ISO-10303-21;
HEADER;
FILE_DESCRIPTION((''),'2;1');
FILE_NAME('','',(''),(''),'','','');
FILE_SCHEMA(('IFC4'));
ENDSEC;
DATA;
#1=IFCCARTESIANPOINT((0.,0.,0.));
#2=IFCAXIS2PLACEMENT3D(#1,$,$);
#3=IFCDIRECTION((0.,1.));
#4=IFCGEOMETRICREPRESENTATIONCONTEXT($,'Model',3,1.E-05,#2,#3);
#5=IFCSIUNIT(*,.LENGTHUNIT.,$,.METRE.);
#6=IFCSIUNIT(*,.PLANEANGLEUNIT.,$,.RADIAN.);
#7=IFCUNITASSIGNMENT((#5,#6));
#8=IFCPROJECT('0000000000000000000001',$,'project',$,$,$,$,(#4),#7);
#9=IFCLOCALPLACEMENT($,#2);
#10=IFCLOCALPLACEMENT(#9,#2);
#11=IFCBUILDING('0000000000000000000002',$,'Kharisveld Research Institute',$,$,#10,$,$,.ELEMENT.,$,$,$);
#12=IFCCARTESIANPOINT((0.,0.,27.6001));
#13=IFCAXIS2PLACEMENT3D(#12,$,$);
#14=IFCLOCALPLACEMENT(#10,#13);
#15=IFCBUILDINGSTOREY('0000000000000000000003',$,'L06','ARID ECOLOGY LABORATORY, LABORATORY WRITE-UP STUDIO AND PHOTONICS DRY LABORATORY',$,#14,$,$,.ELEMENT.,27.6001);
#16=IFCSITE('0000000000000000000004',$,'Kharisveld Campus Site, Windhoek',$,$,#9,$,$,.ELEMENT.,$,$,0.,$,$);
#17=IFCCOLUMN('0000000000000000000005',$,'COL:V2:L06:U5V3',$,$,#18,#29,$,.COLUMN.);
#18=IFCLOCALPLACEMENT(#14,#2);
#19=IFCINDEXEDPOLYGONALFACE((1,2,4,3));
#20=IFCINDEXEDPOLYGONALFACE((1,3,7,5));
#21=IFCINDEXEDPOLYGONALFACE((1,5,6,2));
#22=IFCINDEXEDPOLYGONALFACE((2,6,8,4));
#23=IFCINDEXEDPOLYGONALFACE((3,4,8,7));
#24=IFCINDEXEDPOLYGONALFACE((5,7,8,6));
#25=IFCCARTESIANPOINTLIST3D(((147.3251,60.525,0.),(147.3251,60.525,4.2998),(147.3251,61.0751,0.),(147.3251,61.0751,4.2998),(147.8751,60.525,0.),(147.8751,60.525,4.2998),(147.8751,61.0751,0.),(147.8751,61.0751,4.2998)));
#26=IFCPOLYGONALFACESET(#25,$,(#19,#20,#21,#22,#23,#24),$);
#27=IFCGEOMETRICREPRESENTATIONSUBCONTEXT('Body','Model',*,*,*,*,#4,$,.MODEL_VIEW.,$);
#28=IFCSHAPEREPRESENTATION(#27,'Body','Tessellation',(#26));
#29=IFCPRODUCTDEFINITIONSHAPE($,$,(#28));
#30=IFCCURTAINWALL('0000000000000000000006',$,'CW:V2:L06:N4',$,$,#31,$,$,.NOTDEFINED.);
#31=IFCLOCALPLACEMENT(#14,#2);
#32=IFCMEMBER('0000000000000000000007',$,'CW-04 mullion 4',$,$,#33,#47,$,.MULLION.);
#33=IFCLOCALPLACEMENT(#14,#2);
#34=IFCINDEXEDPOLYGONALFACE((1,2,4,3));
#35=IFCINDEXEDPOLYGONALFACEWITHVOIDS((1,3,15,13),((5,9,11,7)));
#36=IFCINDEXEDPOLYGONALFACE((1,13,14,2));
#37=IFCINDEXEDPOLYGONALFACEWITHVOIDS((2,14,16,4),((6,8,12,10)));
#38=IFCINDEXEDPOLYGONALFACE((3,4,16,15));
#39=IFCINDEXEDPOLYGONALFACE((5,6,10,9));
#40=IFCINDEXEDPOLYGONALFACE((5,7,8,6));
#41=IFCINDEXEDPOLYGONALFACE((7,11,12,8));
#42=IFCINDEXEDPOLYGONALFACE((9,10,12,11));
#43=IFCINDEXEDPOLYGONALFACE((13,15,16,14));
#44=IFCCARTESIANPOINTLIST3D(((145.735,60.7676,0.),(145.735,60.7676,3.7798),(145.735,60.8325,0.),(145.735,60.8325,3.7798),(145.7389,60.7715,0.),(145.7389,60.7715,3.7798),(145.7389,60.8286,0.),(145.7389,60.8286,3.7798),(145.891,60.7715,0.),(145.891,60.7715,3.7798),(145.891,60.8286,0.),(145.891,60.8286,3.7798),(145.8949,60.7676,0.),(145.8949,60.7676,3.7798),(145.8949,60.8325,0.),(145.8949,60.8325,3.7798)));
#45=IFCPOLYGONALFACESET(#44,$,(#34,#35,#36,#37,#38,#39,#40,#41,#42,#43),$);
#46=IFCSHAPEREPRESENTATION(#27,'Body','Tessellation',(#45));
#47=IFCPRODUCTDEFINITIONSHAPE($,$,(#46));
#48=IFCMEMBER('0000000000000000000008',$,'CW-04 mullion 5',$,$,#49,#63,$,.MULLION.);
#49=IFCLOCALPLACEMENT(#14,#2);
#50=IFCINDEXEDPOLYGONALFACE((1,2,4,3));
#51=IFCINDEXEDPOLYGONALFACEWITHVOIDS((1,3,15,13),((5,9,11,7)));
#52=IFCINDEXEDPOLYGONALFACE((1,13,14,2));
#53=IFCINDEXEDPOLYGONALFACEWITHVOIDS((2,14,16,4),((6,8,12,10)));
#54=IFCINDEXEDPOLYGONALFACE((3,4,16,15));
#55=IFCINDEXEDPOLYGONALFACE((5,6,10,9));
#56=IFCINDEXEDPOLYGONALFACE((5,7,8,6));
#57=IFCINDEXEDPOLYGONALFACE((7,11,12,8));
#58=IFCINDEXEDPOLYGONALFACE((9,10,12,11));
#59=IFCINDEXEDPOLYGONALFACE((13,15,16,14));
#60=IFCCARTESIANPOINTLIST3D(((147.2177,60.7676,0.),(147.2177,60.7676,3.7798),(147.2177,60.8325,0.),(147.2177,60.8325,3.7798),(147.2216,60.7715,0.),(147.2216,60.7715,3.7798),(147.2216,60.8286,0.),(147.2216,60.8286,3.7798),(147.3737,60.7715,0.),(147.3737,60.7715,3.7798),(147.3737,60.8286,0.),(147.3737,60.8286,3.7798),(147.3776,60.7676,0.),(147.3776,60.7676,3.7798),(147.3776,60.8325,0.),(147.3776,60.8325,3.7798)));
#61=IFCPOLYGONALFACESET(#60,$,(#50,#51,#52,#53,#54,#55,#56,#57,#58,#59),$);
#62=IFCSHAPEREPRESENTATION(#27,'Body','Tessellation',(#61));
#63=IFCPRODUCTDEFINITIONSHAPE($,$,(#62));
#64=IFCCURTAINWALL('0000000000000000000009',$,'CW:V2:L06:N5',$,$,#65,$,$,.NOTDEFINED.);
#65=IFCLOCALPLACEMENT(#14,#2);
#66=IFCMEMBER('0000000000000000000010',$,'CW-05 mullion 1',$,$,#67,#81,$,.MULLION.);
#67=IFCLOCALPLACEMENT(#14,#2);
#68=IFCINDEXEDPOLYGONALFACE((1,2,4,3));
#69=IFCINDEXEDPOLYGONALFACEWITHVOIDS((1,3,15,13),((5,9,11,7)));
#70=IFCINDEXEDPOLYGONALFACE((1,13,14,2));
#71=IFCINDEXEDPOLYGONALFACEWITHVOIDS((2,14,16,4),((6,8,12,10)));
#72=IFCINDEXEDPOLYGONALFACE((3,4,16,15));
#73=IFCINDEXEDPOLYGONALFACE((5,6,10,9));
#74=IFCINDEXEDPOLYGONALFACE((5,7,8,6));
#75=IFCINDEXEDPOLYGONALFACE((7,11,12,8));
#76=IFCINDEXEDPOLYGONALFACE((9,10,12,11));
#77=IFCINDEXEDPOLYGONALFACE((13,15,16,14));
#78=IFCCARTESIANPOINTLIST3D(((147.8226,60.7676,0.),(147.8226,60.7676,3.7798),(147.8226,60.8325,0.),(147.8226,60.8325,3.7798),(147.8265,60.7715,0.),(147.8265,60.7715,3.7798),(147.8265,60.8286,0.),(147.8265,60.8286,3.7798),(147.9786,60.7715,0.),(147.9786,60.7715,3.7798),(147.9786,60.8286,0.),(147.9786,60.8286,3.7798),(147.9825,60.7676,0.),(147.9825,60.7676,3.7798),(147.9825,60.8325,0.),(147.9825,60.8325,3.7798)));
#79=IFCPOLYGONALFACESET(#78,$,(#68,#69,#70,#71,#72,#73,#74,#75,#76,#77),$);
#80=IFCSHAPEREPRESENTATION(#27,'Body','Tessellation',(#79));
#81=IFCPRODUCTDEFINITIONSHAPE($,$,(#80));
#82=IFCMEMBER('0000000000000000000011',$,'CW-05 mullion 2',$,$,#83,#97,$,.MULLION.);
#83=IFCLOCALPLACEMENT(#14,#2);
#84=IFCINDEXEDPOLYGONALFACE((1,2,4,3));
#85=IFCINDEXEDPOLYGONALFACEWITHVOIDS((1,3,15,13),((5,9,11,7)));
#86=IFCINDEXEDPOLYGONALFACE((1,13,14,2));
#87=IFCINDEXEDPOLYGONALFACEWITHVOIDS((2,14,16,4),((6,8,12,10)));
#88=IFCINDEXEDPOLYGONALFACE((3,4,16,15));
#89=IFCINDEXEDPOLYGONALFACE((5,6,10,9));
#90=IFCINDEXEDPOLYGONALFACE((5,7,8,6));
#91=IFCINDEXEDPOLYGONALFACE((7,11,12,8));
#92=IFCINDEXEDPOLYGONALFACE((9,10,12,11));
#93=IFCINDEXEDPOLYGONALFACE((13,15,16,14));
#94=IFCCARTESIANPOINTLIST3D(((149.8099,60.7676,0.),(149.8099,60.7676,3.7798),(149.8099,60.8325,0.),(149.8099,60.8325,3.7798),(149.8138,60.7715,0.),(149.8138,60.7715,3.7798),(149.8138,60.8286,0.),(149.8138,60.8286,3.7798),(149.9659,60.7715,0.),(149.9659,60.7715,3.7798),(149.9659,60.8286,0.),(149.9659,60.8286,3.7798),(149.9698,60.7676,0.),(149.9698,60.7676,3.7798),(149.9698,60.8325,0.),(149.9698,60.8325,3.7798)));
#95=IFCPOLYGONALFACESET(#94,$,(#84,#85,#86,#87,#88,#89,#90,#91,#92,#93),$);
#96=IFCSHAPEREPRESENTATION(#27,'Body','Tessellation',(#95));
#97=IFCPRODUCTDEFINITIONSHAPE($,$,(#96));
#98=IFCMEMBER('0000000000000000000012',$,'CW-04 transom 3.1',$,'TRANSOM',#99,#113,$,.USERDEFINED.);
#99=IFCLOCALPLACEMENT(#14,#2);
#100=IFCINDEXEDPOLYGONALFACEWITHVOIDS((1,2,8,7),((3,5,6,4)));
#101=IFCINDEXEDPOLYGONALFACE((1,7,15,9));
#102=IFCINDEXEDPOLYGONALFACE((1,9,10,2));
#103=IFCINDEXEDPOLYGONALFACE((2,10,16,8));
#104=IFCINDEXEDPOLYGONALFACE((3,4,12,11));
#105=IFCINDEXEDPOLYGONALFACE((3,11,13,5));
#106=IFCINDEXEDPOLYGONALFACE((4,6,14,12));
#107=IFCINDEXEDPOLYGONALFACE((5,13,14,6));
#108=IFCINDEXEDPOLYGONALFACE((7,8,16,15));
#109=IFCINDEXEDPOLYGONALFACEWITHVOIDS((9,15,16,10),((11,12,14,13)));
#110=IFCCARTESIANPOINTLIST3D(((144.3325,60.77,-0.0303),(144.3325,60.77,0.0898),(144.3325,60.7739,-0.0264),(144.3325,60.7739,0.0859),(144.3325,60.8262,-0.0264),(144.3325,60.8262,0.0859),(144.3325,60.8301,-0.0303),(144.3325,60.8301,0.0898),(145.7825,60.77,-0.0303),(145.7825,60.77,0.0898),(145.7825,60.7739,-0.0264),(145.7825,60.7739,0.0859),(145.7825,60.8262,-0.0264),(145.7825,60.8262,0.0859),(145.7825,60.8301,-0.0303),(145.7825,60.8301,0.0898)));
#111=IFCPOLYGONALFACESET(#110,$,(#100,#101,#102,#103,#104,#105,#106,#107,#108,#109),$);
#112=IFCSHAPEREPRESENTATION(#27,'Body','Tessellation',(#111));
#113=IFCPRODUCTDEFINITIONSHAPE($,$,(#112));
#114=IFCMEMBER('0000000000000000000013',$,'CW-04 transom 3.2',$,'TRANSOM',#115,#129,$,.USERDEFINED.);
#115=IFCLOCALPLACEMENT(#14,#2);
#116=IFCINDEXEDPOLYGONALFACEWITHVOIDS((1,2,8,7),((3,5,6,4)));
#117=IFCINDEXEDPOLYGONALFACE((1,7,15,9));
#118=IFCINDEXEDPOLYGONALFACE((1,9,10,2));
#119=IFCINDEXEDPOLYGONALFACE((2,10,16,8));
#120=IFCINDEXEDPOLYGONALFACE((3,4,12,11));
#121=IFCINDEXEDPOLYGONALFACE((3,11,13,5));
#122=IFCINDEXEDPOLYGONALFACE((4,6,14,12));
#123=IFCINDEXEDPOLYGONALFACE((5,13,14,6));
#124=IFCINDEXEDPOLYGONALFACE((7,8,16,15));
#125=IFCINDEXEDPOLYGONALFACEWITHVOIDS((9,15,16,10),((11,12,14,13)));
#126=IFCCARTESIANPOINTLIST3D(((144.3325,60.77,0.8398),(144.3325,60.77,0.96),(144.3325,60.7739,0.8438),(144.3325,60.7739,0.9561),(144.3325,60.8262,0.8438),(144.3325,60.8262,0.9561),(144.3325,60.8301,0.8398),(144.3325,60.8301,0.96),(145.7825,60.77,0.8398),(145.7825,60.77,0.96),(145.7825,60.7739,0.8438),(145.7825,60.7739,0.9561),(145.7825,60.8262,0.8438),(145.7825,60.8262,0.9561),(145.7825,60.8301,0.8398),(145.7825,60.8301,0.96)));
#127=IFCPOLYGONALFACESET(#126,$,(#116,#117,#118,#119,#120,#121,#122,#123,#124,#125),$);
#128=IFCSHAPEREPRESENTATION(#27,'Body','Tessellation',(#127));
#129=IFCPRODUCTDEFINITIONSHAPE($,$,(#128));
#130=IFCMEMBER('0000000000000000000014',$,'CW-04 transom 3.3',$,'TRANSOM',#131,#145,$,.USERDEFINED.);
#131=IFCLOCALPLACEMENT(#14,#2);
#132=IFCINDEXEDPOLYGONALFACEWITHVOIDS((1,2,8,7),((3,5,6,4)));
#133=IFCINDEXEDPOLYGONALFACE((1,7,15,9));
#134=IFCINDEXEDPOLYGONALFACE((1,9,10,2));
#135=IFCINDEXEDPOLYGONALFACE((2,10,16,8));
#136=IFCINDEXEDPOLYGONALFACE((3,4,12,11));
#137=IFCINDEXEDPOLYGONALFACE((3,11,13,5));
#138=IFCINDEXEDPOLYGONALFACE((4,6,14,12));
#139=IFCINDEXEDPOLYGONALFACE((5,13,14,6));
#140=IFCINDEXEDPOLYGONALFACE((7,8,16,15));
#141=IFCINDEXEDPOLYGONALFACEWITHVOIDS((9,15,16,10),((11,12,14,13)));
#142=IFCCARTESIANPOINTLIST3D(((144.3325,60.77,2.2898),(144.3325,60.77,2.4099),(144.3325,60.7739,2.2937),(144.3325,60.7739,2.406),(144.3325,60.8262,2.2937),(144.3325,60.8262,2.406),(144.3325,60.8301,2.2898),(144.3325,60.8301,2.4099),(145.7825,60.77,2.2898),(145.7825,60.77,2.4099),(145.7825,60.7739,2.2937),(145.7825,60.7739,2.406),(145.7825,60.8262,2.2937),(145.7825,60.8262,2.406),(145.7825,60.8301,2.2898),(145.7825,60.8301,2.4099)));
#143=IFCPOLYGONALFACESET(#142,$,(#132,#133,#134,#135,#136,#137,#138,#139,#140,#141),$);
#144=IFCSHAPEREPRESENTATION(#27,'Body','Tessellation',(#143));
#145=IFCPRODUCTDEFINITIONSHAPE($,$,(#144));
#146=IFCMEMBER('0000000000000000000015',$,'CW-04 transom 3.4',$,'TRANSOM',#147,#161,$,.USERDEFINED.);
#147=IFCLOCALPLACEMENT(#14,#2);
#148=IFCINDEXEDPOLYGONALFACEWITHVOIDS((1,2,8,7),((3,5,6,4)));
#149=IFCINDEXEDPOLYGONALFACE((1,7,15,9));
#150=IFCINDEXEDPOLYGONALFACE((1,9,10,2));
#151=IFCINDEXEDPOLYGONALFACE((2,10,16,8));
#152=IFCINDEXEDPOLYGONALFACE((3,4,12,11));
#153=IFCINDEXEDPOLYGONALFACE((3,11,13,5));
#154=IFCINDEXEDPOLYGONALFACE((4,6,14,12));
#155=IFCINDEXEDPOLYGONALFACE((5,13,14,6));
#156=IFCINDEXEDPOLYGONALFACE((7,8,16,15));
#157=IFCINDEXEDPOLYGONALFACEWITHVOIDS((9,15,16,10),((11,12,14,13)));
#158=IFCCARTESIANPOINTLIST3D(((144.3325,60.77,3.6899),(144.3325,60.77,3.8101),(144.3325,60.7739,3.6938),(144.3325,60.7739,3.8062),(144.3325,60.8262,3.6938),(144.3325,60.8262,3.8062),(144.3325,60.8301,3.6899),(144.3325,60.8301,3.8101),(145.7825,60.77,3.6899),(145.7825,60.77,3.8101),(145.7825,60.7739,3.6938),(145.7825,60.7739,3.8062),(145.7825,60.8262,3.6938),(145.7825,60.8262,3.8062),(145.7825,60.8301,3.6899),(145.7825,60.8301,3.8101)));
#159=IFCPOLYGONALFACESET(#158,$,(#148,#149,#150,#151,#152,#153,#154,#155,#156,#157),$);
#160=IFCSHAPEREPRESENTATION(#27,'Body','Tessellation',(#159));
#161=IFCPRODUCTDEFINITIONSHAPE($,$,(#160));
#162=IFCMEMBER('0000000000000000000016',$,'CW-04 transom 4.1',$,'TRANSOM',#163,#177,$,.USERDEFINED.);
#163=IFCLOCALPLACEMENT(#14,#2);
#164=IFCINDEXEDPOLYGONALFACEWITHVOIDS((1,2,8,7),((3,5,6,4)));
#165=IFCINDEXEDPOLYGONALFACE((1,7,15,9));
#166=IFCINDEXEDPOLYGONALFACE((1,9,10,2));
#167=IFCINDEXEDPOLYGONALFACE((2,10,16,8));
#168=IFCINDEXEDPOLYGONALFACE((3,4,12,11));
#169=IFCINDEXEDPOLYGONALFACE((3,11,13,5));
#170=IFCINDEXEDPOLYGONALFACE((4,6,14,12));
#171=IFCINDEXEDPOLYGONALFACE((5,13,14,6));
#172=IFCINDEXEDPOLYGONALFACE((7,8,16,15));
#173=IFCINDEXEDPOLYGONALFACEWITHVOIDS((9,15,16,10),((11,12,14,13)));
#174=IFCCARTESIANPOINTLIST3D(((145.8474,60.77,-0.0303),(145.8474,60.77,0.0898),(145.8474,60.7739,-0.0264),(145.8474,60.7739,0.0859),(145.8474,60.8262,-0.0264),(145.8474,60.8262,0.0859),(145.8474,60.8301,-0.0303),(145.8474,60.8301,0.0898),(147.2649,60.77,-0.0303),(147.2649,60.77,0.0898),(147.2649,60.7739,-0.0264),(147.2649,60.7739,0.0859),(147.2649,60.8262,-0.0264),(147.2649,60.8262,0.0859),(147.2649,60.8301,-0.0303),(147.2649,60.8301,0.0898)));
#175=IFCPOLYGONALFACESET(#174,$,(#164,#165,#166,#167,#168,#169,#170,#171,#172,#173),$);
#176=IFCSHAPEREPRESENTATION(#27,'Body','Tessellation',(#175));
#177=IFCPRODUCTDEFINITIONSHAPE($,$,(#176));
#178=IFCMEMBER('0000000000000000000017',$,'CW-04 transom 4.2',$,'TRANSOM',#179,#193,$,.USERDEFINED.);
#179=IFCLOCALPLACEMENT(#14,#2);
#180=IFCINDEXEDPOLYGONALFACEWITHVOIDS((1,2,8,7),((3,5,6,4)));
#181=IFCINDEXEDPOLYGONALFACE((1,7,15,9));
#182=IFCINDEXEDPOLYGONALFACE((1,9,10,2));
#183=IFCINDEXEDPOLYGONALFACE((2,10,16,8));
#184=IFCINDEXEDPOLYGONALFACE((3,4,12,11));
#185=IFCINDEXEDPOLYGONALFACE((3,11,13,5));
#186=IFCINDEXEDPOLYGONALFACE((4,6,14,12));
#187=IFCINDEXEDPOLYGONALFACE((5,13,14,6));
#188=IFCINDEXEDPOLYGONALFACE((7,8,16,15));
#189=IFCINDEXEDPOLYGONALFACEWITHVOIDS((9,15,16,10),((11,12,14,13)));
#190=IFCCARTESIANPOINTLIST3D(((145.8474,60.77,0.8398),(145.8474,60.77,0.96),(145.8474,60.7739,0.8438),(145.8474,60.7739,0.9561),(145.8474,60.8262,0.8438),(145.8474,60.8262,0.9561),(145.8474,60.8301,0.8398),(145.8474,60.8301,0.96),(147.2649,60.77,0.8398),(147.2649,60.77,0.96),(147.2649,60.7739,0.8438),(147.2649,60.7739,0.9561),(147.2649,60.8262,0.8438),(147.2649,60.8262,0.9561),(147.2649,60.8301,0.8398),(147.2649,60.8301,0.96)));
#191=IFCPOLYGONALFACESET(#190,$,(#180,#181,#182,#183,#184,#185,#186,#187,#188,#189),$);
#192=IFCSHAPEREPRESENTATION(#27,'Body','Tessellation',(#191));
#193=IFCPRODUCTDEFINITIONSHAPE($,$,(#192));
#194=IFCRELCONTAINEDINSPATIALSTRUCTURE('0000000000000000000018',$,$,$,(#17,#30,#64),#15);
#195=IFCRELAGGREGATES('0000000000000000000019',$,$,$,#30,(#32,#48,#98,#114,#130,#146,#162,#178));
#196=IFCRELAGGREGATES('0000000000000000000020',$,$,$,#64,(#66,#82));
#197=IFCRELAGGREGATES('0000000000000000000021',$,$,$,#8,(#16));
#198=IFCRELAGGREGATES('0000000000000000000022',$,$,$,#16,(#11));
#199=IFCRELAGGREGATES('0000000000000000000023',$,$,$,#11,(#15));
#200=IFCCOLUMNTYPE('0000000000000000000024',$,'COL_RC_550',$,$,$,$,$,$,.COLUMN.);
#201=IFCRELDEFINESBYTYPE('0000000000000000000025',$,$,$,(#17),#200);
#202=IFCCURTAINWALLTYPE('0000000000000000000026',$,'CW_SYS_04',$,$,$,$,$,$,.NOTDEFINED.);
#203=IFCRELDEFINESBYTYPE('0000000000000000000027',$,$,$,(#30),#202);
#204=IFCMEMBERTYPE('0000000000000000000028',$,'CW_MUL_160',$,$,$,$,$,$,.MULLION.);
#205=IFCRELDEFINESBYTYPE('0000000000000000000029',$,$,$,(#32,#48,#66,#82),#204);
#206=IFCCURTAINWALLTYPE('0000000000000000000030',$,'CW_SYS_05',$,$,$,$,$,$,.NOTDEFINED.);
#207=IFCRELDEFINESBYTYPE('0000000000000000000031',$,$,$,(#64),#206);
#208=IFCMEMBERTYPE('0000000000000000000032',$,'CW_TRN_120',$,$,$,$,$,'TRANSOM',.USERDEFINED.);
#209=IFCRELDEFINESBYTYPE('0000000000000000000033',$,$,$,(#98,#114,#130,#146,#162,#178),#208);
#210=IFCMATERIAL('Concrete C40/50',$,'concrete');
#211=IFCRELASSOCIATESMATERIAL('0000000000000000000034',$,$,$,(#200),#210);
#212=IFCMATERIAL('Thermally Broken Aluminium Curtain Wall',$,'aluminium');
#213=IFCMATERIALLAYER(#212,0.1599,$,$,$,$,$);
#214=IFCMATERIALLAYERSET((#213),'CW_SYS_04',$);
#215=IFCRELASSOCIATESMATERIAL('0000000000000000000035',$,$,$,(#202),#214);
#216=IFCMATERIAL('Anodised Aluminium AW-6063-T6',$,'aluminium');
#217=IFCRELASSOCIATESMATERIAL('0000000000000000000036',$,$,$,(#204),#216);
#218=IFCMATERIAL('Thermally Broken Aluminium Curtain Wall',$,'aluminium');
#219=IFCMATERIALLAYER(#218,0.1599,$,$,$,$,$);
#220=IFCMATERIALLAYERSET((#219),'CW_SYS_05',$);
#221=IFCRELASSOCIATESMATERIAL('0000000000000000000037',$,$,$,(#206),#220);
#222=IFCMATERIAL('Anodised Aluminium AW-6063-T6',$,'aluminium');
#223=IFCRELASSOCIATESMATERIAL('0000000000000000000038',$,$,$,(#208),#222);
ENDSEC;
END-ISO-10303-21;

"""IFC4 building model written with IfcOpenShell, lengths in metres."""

from ifc_helpers import new_model, si_unit, direction, frame, origin, origin_2d, place, context, subcontext, project, spatial, rectangle, hollow_rectangle, extrude, material, layer, layer_set, material_profile, profile_set, type_object, element, aggregate, save


model = new_model("IFC4")

# Units and contexts
model_context = context("Model", 3, precision=1e-05, world=origin(), true_north=direction((0.0, 1.0)))
body_context = subcontext(model_context, "Body", "Model", "MODEL_VIEW")
ifc_project = project(units=[si_unit("LENGTHUNIT", "METRE"), si_unit("PLANEANGLEUNIT", "RADIAN")], contexts=[model_context])

# Site, building, storey
site_placement = place(None, origin())
site = spatial("IfcSite", under=ifc_project, at=site_placement, Name="Kharisveld Campus Site, Windhoek", CompositionType="ELEMENT", RefElevation=0.0)
building_placement = place(site_placement, origin())
building = spatial("IfcBuilding", under=site, at=building_placement, Name="Kharisveld Research Institute", CompositionType="ELEMENT")
storey_placement = place(building_placement, frame((0.0, 0.0, 27.6001)))
storey = spatial("IfcBuildingStorey", under=building, at=storey_placement, Name="L06", Description="ARID ECOLOGY LABORATORY, LABORATORY WRITE-UP STUDIO AND PHOTONICS DRY LABORATORY", CompositionType="ELEMENT", Elevation=27.6001)

# Column
ifc_material_1 = material(Name="Concrete C40/50", Category="concrete")
ifc_material_profile_1 = material_profile(ifc_material_1, rectangle(XDim=0.55, YDim=0.55, at=origin_2d()))
ifc_profile_set_1 = profile_set([ifc_material_profile_1], Name="Concrete C40/50")
column_type = type_object("IfcColumnType", Name="COL_RC_550", PredefinedType="COLUMN", material=ifc_profile_set_1)
column_placement = place(storey_placement, frame((147.6001, 60.8, 0.0), z_axis=(0.0, 0.0, 1.0), x_axis=(1.0, 0.0, 0.0)))
element("IfcColumn", 1, at=column_placement, inside=storey, type_object=column_type, Name="COL:V2:L06:U5V3", PredefinedType="COLUMN", context=body_context, shape_type="SweptSolid", body=[
    extrude(rectangle(XDim=0.55, YDim=0.55, at=origin_2d()), origin(), (0.0, 0.0, 1.0), 4.2998),
])

# Curtain walls, members
ifc_material_2 = material(Name="Thermally Broken Aluminium Curtain Wall", Category="aluminium")
ifc_layer_1 = layer(ifc_material_2, 0.1599)
ifc_layer_set_1 = layer_set([ifc_layer_1], Name="CW_SYS_04")
curtain_wall_type_1 = type_object("IfcCurtainWallType", Name="CW_SYS_04", PredefinedType="NOTDEFINED", material=ifc_layer_set_1)
curtain_wall_1_placement = place(storey_placement, origin())
curtain_wall_1 = element("IfcCurtainWall", 2, at=curtain_wall_1_placement, inside=storey, type_object=curtain_wall_type_1, Name="CW:V2:L06:N4", PredefinedType="NOTDEFINED")
ifc_material_3 = material(Name="Anodised Aluminium AW-6063-T6", Category="aluminium")
ifc_material_profile_2 = material_profile(ifc_material_3, hollow_rectangle(XDim=0.0649, YDim=0.1599, WallThickness=0.0039, at=origin_2d()))
ifc_profile_set_2 = profile_set([ifc_material_profile_2], Name="Anodised Aluminium AW-6063-T6")
member_type_1 = type_object("IfcMemberType", Name="CW_MUL_160", PredefinedType="MULLION", material=ifc_profile_set_2)
member_1_placement = place(storey_placement, frame((145.8149, 60.8, 0.0), z_axis=(0.0, 0.0, 1.0), x_axis=(0.0, 1.0, 0.0)))
member_1 = element("IfcMember", 3, at=member_1_placement, type_object=member_type_1, Name="CW-04 mullion 4", PredefinedType="MULLION", context=body_context, shape_type="SweptSolid", body=[
    extrude(hollow_rectangle(XDim=0.0649, YDim=0.1599, WallThickness=0.0039, at=origin_2d()), origin(), (0.0, 0.0, 1.0), 3.7798),
])
member_2_placement = place(storey_placement, frame((147.2976, 60.8, 0.0), z_axis=(0.0, 0.0, 1.0), x_axis=(0.0, 1.0, 0.0)))
member_2 = element("IfcMember", 4, at=member_2_placement, type_object=member_type_1, Name="CW-04 mullion 5", PredefinedType="MULLION", context=body_context, shape_type="SweptSolid", body=[
    extrude(hollow_rectangle(XDim=0.0649, YDim=0.1599, WallThickness=0.0039, at=origin_2d()), origin(), (0.0, 0.0, 1.0), 3.7798),
])
ifc_material_4 = material(Name="Thermally Broken Aluminium Curtain Wall", Category="aluminium")
ifc_layer_2 = layer(ifc_material_4, 0.1599)
ifc_layer_set_2 = layer_set([ifc_layer_2], Name="CW_SYS_05")
curtain_wall_type_2 = type_object("IfcCurtainWallType", Name="CW_SYS_05", PredefinedType="NOTDEFINED", material=ifc_layer_set_2)
curtain_wall_2_placement = place(storey_placement, origin())
curtain_wall_2 = element("IfcCurtainWall", 5, at=curtain_wall_2_placement, inside=storey, type_object=curtain_wall_type_2, Name="CW:V2:L06:N5", PredefinedType="NOTDEFINED")
member_3_placement = place(storey_placement, frame((147.9026, 60.8, 0.0), z_axis=(0.0, 0.0, 1.0), x_axis=(0.0, 1.0, 0.0)))
member_3 = element("IfcMember", 6, at=member_3_placement, type_object=member_type_1, Name="CW-05 mullion 1", PredefinedType="MULLION", context=body_context, shape_type="SweptSolid", body=[
    extrude(hollow_rectangle(XDim=0.0649, YDim=0.1599, WallThickness=0.0039, at=origin_2d()), origin(), (0.0, 0.0, 1.0), 3.7798),
])
member_4_placement = place(storey_placement, frame((149.8899, 60.8, 0.0), z_axis=(0.0, 0.0, 1.0), x_axis=(0.0, 1.0, 0.0)))
member_4 = element("IfcMember", 7, at=member_4_placement, type_object=member_type_1, Name="CW-05 mullion 2", PredefinedType="MULLION", context=body_context, shape_type="SweptSolid", body=[
    extrude(hollow_rectangle(XDim=0.0649, YDim=0.1599, WallThickness=0.0039, at=origin_2d()), origin(), (0.0, 0.0, 1.0), 3.7798),
])

# Members
ifc_material_5 = material(Name="Anodised Aluminium AW-6063-T6", Category="aluminium")
ifc_material_profile_3 = material_profile(ifc_material_5, hollow_rectangle(XDim=0.0601, YDim=0.1201, WallThickness=0.0039, at=origin_2d()))
ifc_profile_set_3 = profile_set([ifc_material_profile_3], Name="Anodised Aluminium AW-6063-T6")
member_type_2 = type_object("IfcMemberType", Name="CW_TRN_120", ElementType="TRANSOM", PredefinedType="USERDEFINED", material=ifc_profile_set_3)
member_5_placement = place(storey_placement, frame((144.3325, 60.8, 0.0298), z_axis=(1.0, 0.0, 0.0), x_axis=(0.0, 1.0, 0.0)))
member_5 = element("IfcMember", 8, at=member_5_placement, type_object=member_type_2, Name="CW-04 transom 3.1", ObjectType="TRANSOM", PredefinedType="USERDEFINED", context=body_context, shape_type="SweptSolid", body=[
    extrude(hollow_rectangle(XDim=0.0601, YDim=0.1201, WallThickness=0.0039, at=origin_2d()), origin(), (0.0, 0.0, 1.0), 1.45),
])
member_6_placement = place(storey_placement, frame((144.3325, 60.8, 0.8999), z_axis=(1.0, 0.0, 0.0), x_axis=(0.0, 1.0, 0.0)))
member_6 = element("IfcMember", 9, at=member_6_placement, type_object=member_type_2, Name="CW-04 transom 3.2", ObjectType="TRANSOM", PredefinedType="USERDEFINED", context=body_context, shape_type="SweptSolid", body=[
    extrude(hollow_rectangle(XDim=0.0601, YDim=0.1201, WallThickness=0.0039, at=origin_2d()), origin(), (0.0, 0.0, 1.0), 1.45),
])
member_7_placement = place(storey_placement, frame((144.3325, 60.8, 2.3499), z_axis=(1.0, 0.0, 0.0), x_axis=(0.0, 1.0, 0.0)))
member_7 = element("IfcMember", 10, at=member_7_placement, type_object=member_type_2, Name="CW-04 transom 3.3", ObjectType="TRANSOM", PredefinedType="USERDEFINED", context=body_context, shape_type="SweptSolid", body=[
    extrude(hollow_rectangle(XDim=0.0601, YDim=0.1201, WallThickness=0.0039, at=origin_2d()), origin(), (0.0, 0.0, 1.0), 1.45),
])
member_8_placement = place(storey_placement, frame((144.3325, 60.8, 3.75), z_axis=(1.0, 0.0, 0.0), x_axis=(0.0, 1.0, 0.0)))
member_8 = element("IfcMember", 11, at=member_8_placement, type_object=member_type_2, Name="CW-04 transom 3.4", ObjectType="TRANSOM", PredefinedType="USERDEFINED", context=body_context, shape_type="SweptSolid", body=[
    extrude(hollow_rectangle(XDim=0.0601, YDim=0.1201, WallThickness=0.0039, at=origin_2d()), origin(), (0.0, 0.0, 1.0), 1.45),
])
member_9_placement = place(storey_placement, frame((145.8474, 60.8, 0.0298), z_axis=(1.0, 0.0, 0.0), x_axis=(0.0, 1.0, 0.0)))
member_9 = element("IfcMember", 12, at=member_9_placement, type_object=member_type_2, Name="CW-04 transom 4.1", ObjectType="TRANSOM", PredefinedType="USERDEFINED", context=body_context, shape_type="SweptSolid", body=[
    extrude(hollow_rectangle(XDim=0.0601, YDim=0.1201, WallThickness=0.0039, at=origin_2d()), origin(), (0.0, 0.0, 1.0), 1.4175),
])
member_10_placement = place(storey_placement, frame((145.8474, 60.8, 0.8999), z_axis=(1.0, 0.0, 0.0), x_axis=(0.0, 1.0, 0.0)))
member_10 = element("IfcMember", 13, at=member_10_placement, type_object=member_type_2, Name="CW-04 transom 4.2", ObjectType="TRANSOM", PredefinedType="USERDEFINED", context=body_context, shape_type="SweptSolid", body=[
    extrude(hollow_rectangle(XDim=0.0601, YDim=0.1201, WallThickness=0.0039, at=origin_2d()), origin(), (0.0, 0.0, 1.0), 1.4175),
])

aggregate(curtain_wall_1, [member_1, member_2, member_5, member_6, member_7, member_8, member_9, member_10])
aggregate(curtain_wall_2, [member_3, member_4])

save(model, "model.ifc")
